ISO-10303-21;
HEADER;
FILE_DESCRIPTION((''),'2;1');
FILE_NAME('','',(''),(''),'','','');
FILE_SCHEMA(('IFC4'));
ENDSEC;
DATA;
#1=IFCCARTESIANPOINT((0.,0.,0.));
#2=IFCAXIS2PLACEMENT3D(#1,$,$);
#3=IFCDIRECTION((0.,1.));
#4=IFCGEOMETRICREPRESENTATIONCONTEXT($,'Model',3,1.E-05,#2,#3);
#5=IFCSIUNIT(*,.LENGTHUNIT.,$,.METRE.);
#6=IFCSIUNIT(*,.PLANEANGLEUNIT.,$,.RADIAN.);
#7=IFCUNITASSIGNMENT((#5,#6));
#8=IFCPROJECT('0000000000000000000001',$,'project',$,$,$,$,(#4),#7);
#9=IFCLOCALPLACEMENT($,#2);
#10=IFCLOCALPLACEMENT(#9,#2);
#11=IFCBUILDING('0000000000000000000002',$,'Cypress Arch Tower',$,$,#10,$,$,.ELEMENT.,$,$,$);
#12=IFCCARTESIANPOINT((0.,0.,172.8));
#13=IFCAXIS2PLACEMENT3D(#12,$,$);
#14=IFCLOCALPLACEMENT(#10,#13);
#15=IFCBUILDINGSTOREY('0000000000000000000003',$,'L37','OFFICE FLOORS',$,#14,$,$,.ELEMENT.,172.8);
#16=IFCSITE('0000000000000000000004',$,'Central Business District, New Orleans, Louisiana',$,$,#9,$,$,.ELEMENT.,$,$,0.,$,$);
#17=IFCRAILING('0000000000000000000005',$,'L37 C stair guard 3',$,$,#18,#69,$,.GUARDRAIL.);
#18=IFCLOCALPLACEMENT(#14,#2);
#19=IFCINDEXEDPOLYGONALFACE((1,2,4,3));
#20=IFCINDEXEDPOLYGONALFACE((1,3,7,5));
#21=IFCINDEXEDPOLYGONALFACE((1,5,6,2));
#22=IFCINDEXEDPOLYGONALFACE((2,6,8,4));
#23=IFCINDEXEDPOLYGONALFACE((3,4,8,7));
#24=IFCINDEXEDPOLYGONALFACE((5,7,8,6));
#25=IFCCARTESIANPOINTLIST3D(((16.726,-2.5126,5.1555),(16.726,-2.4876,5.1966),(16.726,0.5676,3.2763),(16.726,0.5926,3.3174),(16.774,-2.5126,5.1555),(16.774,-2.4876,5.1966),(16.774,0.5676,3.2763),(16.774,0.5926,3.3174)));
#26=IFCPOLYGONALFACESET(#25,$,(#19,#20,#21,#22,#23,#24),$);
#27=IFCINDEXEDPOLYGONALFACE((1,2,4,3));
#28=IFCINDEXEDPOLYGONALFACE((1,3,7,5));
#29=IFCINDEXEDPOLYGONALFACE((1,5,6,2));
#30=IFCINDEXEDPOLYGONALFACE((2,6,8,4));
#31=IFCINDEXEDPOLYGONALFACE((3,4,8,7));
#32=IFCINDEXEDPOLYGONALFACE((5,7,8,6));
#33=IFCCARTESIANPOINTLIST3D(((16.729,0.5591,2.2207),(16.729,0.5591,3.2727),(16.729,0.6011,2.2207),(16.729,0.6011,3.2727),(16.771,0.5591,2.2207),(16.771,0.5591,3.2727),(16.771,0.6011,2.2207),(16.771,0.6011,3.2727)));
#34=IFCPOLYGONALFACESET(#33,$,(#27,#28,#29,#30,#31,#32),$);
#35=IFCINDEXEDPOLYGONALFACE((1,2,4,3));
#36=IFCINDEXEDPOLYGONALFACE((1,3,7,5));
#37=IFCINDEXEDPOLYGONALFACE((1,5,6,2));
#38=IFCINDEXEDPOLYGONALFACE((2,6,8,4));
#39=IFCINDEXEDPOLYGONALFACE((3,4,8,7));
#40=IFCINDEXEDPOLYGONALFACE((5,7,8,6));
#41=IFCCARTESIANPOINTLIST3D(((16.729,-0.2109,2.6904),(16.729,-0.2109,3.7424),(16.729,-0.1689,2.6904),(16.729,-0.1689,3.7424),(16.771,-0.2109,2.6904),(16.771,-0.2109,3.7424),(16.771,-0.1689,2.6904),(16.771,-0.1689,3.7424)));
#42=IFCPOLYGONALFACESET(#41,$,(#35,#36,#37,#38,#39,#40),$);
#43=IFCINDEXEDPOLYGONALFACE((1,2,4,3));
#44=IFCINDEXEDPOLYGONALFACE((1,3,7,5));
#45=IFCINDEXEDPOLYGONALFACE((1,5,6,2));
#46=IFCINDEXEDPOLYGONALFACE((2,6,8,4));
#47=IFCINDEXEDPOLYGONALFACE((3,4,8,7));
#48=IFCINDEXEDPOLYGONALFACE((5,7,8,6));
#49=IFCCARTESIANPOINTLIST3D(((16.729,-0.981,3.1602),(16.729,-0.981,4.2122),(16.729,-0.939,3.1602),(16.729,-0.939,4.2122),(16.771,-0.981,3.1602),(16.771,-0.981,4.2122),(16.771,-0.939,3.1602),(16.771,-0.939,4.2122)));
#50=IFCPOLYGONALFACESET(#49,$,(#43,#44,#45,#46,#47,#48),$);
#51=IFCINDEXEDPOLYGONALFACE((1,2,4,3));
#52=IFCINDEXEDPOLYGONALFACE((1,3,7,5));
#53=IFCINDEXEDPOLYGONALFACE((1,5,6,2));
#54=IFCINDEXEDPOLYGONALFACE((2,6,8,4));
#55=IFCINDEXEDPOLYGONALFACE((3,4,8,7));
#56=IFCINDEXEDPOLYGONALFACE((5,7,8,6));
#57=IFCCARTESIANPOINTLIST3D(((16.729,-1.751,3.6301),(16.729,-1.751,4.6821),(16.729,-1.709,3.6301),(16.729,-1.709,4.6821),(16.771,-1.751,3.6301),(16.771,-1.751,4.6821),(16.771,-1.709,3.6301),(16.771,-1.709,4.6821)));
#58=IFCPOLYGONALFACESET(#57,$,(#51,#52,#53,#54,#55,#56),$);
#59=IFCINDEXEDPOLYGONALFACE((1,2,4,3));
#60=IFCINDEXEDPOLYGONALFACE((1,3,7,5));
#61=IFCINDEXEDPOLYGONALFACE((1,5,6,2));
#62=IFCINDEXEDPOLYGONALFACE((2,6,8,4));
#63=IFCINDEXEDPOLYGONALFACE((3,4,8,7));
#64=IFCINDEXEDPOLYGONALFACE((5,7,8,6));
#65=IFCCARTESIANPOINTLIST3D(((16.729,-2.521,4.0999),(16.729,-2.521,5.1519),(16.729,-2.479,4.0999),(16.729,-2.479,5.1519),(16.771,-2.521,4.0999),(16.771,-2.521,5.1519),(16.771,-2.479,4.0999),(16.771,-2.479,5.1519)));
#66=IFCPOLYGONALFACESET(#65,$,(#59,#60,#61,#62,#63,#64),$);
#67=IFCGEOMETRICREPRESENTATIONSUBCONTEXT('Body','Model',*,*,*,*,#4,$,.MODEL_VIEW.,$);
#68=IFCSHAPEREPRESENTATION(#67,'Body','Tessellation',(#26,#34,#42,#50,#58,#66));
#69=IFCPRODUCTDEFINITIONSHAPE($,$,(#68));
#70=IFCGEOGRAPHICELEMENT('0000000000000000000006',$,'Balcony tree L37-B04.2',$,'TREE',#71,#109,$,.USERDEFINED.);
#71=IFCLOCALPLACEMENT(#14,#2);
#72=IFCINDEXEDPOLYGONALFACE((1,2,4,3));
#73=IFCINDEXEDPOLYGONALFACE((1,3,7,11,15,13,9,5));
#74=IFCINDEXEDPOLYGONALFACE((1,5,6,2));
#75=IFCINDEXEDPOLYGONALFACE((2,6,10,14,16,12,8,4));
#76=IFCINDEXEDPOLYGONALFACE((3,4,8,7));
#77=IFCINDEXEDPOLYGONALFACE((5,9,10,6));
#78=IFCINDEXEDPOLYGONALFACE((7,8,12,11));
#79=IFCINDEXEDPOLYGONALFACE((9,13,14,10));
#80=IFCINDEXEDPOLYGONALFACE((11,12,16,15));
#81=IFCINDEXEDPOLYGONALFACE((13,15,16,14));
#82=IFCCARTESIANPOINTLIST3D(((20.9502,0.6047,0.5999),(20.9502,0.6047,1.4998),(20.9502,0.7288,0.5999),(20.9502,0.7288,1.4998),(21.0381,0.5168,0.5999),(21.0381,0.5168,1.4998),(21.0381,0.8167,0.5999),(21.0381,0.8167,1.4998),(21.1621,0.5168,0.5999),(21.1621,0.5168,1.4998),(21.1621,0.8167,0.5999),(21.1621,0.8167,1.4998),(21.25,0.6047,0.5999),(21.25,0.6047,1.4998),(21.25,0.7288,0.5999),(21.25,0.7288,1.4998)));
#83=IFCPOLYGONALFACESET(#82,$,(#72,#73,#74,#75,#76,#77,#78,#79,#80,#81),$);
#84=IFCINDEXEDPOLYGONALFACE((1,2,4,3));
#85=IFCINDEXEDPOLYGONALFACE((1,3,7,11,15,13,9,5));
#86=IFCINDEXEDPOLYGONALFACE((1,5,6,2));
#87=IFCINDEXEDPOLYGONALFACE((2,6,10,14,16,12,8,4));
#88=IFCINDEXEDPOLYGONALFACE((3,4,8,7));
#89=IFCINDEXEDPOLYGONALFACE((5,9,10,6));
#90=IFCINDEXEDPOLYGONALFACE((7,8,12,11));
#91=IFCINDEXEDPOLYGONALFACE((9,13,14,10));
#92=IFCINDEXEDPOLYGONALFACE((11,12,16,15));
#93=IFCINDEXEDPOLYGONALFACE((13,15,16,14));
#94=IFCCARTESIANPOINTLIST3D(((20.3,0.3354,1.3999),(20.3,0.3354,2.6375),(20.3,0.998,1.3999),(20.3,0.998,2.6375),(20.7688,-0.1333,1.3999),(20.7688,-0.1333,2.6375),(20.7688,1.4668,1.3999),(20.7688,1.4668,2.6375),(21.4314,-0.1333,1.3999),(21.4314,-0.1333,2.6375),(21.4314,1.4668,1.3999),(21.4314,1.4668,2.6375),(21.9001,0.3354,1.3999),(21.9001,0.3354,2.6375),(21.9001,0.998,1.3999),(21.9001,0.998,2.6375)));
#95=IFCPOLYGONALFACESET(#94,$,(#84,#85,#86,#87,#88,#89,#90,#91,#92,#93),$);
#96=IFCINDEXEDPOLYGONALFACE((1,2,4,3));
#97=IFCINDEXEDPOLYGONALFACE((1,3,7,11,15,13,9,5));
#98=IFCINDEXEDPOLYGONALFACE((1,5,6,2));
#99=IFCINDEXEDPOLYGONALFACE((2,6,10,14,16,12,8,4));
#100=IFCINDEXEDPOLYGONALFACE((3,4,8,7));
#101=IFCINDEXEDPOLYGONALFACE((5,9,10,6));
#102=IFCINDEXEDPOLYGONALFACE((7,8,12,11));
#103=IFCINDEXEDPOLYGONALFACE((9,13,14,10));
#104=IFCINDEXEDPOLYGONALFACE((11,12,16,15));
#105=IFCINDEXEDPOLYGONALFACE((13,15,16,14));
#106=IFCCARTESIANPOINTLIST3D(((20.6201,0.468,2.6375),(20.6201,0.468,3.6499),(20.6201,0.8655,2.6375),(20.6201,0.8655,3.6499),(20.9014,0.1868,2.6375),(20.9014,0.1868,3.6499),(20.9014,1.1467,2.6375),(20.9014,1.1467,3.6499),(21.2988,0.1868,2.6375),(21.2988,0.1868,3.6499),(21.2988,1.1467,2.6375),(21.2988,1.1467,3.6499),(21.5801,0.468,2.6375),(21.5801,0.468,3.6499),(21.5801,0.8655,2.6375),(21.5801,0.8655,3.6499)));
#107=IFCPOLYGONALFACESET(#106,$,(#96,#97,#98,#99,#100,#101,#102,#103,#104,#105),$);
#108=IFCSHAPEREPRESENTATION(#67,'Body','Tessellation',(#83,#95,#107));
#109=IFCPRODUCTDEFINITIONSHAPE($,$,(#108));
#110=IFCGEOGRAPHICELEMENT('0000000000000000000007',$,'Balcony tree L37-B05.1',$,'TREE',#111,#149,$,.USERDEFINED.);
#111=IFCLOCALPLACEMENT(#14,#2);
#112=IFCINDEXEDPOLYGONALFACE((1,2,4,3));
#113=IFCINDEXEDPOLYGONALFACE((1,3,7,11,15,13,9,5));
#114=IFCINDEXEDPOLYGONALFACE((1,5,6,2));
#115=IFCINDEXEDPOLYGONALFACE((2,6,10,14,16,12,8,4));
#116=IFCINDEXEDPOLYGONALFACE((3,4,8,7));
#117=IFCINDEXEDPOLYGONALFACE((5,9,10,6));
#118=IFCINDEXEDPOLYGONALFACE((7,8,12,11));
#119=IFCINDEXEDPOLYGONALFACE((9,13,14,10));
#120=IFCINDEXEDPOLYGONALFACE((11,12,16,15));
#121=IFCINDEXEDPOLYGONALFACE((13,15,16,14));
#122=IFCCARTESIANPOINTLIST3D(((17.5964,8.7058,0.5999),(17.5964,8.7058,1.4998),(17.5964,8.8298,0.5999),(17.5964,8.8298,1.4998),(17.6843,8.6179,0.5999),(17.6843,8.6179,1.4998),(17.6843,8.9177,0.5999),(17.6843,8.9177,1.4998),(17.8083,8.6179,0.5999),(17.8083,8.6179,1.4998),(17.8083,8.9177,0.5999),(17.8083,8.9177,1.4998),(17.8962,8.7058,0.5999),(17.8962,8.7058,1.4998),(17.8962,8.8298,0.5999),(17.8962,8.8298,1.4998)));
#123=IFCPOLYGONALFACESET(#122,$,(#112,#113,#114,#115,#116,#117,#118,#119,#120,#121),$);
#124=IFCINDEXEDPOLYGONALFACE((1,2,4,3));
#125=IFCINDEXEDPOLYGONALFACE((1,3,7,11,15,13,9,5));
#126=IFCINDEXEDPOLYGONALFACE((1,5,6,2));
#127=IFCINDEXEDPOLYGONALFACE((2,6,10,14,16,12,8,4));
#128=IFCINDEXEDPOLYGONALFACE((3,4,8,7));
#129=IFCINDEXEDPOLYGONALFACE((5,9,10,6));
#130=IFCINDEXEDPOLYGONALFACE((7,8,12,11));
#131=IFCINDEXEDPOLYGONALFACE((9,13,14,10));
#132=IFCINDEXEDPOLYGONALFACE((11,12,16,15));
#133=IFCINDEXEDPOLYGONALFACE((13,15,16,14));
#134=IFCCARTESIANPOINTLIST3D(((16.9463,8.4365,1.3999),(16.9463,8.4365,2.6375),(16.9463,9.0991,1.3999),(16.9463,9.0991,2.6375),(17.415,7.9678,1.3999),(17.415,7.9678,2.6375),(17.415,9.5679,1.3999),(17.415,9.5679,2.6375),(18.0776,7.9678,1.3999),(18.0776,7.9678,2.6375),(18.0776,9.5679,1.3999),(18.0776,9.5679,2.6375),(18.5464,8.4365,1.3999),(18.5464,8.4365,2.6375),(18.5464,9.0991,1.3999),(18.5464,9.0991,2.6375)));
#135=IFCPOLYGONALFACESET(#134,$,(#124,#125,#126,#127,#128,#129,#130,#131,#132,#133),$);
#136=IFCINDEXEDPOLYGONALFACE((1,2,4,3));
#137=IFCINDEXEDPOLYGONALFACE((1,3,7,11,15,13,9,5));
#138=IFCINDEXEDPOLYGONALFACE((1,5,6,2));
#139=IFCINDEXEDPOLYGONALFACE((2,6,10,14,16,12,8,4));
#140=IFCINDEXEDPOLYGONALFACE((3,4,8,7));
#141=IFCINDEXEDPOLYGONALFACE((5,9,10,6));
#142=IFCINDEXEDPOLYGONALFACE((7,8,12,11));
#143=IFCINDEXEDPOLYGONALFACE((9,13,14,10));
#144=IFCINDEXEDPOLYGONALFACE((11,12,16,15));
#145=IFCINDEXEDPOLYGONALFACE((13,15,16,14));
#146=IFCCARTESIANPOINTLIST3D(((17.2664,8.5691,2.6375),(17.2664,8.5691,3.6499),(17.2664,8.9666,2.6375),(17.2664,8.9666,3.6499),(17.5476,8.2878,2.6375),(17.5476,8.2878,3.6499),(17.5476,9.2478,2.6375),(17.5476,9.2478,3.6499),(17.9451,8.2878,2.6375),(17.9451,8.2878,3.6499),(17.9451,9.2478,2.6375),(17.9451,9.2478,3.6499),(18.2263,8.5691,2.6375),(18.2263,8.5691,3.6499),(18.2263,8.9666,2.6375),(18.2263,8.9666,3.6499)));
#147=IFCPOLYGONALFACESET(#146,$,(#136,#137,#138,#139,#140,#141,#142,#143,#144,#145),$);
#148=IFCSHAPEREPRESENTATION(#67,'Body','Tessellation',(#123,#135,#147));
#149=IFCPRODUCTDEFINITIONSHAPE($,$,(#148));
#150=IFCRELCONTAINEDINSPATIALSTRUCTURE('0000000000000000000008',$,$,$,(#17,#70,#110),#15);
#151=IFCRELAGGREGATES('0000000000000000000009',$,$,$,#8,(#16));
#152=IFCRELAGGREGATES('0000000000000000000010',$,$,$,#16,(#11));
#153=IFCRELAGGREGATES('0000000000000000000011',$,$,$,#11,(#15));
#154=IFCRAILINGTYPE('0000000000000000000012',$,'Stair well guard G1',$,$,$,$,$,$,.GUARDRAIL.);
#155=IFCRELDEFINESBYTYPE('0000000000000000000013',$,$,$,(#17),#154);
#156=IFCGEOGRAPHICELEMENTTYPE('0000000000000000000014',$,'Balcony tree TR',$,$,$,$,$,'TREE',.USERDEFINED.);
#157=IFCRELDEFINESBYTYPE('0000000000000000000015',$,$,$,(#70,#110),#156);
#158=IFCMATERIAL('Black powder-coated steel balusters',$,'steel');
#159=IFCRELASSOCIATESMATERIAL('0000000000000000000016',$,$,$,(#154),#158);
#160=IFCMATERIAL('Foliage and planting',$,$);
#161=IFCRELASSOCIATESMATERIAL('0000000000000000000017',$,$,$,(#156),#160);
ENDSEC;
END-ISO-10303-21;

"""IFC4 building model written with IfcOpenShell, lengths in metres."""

from ifc_helpers import new_model, si_unit, direction, frame, origin, origin_2d, place, context, subcontext, project, spatial, polyline, rectangle, outline, extrude, material, type_object, element, save


model = new_model("IFC4")

# Units and contexts
model_context = context("Model", 3, precision=1e-05, world=origin(), true_north=direction((0.0, 1.0)))
body_context = subcontext(model_context, "Body", "Model", "MODEL_VIEW")
ifc_project = project(units=[si_unit("LENGTHUNIT", "METRE"), si_unit("PLANEANGLEUNIT", "RADIAN")], contexts=[model_context])

# Site, building, storey
site_placement = place(None, origin())
site = spatial("IfcSite", under=ifc_project, at=site_placement, Name="Central Business District, New Orleans, Louisiana", CompositionType="ELEMENT", RefElevation=0.0)
building_placement = place(site_placement, origin())
building = spatial("IfcBuilding", under=site, at=building_placement, Name="Cypress Arch Tower", CompositionType="ELEMENT")
storey_placement = place(building_placement, frame((0.0, 0.0, 172.8)))
storey = spatial("IfcBuildingStorey", under=building, at=storey_placement, Name="L37", Description="OFFICE FLOORS", CompositionType="ELEMENT", Elevation=172.8)

# Railing
ifc_material_1 = material(Name="Black powder-coated steel balusters", Category="steel")
railing_type_1 = type_object("IfcRailingType", Name="Stair well guard G1", PredefinedType="GUARDRAIL", material=ifc_material_1)
railing_1_placement = place(storey_placement, frame((16.75, 0.5801, 2.2207)))
element("IfcRailing", 1, at=railing_1_placement, inside=storey, type_object=railing_type_1, Name="L37 C stair guard 3", PredefinedType="GUARDRAIL", context=body_context, shape_type="SweptSolid", body=[
    extrude(rectangle(XDim=0.0481, YDim=0.0481, at=origin_2d()), frame((0.0, 0.0, 1.0762), z_axis=(0.0, -0.853666, 0.52082), x_axis=(1.0, 0.0, 0.0)), (0.0, 0.0, 1.0), 3.6082),
    extrude(rectangle(XDim=0.042, YDim=0.042, at=origin_2d()), origin(), (0.0, 0.0, 1.0), 1.052),
    extrude(rectangle(XDim=0.042, YDim=0.042, at=origin_2d()), frame((0.0, -0.77, 0.4697)), (0.0, 0.0, 1.0), 1.052),
    extrude(rectangle(XDim=0.042, YDim=0.042, at=origin_2d()), frame((0.0, -1.54, 0.9395)), (0.0, 0.0, 1.0), 1.052),
    extrude(rectangle(XDim=0.042, YDim=0.042, at=origin_2d()), frame((0.0, -2.3101, 1.4094)), (0.0, 0.0, 1.0), 1.052),
    extrude(rectangle(XDim=0.042, YDim=0.042, at=origin_2d()), frame((0.0, -3.0801, 1.8792)), (0.0, 0.0, 1.0), 1.052),
])

# Geographic elements
ifc_material_2 = material(Name="Foliage and planting")
geographic_element_type = type_object("IfcGeographicElementType", Name="Balcony tree TR", ElementType="TREE", PredefinedType="USERDEFINED", material=ifc_material_2)
for number, where, z_axis, x_axis, name in (
    (2, (21.1001, 0.6667, 0.5999), (0.0, 0.0, 1.0), (1.0, 0.0, 0.0), "Balcony tree L37-B04.2"),
    (3, (17.7463, 8.7678, 0.5999), (0.0, 0.0, 1.0), (1.0, 0.0, 0.0), "Balcony tree L37-B05.1"),
):
    element("IfcGeographicElement", number, at=place(storey_placement, frame(where, z_axis=z_axis, x_axis=x_axis)), inside=storey, type_object=geographic_element_type, Name=name, ObjectType="TREE", PredefinedType="USERDEFINED", context=body_context, shape_type="SweptSolid", body=[
        extrude(outline(polyline([(0.1499, 0.062), (0.062, 0.1499), (-0.062, 0.1499), (-0.1499, 0.062), (-0.1499, -0.062), (-0.062, -0.1499), (0.062, -0.1499), (0.1499, -0.062), (0.1499, 0.062)])), origin(), (0.0, 0.0, 1.0), 0.8999),
        extrude(outline(polyline([(0.8, 0.3313), (0.3313, 0.8), (-0.3313, 0.8), (-0.8, 0.3313), (-0.8, -0.3313), (-0.3313, -0.8), (0.3313, -0.8), (0.8, -0.3313), (0.8, 0.3313)])), frame((0.0, 0.0, 0.8)), (0.0, 0.0, 1.0), 1.2375),
        extrude(outline(polyline([(0.48, 0.1987), (0.1987, 0.48), (-0.1987, 0.48), (-0.48, 0.1987), (-0.48, -0.1987), (-0.1987, -0.48), (0.1987, -0.48), (0.48, -0.1987), (0.48, 0.1987)])), frame((0.0, 0.0, 2.0376)), (0.0, 0.0, 1.0), 1.0125),
    ])

save(model, "model.ifc")
